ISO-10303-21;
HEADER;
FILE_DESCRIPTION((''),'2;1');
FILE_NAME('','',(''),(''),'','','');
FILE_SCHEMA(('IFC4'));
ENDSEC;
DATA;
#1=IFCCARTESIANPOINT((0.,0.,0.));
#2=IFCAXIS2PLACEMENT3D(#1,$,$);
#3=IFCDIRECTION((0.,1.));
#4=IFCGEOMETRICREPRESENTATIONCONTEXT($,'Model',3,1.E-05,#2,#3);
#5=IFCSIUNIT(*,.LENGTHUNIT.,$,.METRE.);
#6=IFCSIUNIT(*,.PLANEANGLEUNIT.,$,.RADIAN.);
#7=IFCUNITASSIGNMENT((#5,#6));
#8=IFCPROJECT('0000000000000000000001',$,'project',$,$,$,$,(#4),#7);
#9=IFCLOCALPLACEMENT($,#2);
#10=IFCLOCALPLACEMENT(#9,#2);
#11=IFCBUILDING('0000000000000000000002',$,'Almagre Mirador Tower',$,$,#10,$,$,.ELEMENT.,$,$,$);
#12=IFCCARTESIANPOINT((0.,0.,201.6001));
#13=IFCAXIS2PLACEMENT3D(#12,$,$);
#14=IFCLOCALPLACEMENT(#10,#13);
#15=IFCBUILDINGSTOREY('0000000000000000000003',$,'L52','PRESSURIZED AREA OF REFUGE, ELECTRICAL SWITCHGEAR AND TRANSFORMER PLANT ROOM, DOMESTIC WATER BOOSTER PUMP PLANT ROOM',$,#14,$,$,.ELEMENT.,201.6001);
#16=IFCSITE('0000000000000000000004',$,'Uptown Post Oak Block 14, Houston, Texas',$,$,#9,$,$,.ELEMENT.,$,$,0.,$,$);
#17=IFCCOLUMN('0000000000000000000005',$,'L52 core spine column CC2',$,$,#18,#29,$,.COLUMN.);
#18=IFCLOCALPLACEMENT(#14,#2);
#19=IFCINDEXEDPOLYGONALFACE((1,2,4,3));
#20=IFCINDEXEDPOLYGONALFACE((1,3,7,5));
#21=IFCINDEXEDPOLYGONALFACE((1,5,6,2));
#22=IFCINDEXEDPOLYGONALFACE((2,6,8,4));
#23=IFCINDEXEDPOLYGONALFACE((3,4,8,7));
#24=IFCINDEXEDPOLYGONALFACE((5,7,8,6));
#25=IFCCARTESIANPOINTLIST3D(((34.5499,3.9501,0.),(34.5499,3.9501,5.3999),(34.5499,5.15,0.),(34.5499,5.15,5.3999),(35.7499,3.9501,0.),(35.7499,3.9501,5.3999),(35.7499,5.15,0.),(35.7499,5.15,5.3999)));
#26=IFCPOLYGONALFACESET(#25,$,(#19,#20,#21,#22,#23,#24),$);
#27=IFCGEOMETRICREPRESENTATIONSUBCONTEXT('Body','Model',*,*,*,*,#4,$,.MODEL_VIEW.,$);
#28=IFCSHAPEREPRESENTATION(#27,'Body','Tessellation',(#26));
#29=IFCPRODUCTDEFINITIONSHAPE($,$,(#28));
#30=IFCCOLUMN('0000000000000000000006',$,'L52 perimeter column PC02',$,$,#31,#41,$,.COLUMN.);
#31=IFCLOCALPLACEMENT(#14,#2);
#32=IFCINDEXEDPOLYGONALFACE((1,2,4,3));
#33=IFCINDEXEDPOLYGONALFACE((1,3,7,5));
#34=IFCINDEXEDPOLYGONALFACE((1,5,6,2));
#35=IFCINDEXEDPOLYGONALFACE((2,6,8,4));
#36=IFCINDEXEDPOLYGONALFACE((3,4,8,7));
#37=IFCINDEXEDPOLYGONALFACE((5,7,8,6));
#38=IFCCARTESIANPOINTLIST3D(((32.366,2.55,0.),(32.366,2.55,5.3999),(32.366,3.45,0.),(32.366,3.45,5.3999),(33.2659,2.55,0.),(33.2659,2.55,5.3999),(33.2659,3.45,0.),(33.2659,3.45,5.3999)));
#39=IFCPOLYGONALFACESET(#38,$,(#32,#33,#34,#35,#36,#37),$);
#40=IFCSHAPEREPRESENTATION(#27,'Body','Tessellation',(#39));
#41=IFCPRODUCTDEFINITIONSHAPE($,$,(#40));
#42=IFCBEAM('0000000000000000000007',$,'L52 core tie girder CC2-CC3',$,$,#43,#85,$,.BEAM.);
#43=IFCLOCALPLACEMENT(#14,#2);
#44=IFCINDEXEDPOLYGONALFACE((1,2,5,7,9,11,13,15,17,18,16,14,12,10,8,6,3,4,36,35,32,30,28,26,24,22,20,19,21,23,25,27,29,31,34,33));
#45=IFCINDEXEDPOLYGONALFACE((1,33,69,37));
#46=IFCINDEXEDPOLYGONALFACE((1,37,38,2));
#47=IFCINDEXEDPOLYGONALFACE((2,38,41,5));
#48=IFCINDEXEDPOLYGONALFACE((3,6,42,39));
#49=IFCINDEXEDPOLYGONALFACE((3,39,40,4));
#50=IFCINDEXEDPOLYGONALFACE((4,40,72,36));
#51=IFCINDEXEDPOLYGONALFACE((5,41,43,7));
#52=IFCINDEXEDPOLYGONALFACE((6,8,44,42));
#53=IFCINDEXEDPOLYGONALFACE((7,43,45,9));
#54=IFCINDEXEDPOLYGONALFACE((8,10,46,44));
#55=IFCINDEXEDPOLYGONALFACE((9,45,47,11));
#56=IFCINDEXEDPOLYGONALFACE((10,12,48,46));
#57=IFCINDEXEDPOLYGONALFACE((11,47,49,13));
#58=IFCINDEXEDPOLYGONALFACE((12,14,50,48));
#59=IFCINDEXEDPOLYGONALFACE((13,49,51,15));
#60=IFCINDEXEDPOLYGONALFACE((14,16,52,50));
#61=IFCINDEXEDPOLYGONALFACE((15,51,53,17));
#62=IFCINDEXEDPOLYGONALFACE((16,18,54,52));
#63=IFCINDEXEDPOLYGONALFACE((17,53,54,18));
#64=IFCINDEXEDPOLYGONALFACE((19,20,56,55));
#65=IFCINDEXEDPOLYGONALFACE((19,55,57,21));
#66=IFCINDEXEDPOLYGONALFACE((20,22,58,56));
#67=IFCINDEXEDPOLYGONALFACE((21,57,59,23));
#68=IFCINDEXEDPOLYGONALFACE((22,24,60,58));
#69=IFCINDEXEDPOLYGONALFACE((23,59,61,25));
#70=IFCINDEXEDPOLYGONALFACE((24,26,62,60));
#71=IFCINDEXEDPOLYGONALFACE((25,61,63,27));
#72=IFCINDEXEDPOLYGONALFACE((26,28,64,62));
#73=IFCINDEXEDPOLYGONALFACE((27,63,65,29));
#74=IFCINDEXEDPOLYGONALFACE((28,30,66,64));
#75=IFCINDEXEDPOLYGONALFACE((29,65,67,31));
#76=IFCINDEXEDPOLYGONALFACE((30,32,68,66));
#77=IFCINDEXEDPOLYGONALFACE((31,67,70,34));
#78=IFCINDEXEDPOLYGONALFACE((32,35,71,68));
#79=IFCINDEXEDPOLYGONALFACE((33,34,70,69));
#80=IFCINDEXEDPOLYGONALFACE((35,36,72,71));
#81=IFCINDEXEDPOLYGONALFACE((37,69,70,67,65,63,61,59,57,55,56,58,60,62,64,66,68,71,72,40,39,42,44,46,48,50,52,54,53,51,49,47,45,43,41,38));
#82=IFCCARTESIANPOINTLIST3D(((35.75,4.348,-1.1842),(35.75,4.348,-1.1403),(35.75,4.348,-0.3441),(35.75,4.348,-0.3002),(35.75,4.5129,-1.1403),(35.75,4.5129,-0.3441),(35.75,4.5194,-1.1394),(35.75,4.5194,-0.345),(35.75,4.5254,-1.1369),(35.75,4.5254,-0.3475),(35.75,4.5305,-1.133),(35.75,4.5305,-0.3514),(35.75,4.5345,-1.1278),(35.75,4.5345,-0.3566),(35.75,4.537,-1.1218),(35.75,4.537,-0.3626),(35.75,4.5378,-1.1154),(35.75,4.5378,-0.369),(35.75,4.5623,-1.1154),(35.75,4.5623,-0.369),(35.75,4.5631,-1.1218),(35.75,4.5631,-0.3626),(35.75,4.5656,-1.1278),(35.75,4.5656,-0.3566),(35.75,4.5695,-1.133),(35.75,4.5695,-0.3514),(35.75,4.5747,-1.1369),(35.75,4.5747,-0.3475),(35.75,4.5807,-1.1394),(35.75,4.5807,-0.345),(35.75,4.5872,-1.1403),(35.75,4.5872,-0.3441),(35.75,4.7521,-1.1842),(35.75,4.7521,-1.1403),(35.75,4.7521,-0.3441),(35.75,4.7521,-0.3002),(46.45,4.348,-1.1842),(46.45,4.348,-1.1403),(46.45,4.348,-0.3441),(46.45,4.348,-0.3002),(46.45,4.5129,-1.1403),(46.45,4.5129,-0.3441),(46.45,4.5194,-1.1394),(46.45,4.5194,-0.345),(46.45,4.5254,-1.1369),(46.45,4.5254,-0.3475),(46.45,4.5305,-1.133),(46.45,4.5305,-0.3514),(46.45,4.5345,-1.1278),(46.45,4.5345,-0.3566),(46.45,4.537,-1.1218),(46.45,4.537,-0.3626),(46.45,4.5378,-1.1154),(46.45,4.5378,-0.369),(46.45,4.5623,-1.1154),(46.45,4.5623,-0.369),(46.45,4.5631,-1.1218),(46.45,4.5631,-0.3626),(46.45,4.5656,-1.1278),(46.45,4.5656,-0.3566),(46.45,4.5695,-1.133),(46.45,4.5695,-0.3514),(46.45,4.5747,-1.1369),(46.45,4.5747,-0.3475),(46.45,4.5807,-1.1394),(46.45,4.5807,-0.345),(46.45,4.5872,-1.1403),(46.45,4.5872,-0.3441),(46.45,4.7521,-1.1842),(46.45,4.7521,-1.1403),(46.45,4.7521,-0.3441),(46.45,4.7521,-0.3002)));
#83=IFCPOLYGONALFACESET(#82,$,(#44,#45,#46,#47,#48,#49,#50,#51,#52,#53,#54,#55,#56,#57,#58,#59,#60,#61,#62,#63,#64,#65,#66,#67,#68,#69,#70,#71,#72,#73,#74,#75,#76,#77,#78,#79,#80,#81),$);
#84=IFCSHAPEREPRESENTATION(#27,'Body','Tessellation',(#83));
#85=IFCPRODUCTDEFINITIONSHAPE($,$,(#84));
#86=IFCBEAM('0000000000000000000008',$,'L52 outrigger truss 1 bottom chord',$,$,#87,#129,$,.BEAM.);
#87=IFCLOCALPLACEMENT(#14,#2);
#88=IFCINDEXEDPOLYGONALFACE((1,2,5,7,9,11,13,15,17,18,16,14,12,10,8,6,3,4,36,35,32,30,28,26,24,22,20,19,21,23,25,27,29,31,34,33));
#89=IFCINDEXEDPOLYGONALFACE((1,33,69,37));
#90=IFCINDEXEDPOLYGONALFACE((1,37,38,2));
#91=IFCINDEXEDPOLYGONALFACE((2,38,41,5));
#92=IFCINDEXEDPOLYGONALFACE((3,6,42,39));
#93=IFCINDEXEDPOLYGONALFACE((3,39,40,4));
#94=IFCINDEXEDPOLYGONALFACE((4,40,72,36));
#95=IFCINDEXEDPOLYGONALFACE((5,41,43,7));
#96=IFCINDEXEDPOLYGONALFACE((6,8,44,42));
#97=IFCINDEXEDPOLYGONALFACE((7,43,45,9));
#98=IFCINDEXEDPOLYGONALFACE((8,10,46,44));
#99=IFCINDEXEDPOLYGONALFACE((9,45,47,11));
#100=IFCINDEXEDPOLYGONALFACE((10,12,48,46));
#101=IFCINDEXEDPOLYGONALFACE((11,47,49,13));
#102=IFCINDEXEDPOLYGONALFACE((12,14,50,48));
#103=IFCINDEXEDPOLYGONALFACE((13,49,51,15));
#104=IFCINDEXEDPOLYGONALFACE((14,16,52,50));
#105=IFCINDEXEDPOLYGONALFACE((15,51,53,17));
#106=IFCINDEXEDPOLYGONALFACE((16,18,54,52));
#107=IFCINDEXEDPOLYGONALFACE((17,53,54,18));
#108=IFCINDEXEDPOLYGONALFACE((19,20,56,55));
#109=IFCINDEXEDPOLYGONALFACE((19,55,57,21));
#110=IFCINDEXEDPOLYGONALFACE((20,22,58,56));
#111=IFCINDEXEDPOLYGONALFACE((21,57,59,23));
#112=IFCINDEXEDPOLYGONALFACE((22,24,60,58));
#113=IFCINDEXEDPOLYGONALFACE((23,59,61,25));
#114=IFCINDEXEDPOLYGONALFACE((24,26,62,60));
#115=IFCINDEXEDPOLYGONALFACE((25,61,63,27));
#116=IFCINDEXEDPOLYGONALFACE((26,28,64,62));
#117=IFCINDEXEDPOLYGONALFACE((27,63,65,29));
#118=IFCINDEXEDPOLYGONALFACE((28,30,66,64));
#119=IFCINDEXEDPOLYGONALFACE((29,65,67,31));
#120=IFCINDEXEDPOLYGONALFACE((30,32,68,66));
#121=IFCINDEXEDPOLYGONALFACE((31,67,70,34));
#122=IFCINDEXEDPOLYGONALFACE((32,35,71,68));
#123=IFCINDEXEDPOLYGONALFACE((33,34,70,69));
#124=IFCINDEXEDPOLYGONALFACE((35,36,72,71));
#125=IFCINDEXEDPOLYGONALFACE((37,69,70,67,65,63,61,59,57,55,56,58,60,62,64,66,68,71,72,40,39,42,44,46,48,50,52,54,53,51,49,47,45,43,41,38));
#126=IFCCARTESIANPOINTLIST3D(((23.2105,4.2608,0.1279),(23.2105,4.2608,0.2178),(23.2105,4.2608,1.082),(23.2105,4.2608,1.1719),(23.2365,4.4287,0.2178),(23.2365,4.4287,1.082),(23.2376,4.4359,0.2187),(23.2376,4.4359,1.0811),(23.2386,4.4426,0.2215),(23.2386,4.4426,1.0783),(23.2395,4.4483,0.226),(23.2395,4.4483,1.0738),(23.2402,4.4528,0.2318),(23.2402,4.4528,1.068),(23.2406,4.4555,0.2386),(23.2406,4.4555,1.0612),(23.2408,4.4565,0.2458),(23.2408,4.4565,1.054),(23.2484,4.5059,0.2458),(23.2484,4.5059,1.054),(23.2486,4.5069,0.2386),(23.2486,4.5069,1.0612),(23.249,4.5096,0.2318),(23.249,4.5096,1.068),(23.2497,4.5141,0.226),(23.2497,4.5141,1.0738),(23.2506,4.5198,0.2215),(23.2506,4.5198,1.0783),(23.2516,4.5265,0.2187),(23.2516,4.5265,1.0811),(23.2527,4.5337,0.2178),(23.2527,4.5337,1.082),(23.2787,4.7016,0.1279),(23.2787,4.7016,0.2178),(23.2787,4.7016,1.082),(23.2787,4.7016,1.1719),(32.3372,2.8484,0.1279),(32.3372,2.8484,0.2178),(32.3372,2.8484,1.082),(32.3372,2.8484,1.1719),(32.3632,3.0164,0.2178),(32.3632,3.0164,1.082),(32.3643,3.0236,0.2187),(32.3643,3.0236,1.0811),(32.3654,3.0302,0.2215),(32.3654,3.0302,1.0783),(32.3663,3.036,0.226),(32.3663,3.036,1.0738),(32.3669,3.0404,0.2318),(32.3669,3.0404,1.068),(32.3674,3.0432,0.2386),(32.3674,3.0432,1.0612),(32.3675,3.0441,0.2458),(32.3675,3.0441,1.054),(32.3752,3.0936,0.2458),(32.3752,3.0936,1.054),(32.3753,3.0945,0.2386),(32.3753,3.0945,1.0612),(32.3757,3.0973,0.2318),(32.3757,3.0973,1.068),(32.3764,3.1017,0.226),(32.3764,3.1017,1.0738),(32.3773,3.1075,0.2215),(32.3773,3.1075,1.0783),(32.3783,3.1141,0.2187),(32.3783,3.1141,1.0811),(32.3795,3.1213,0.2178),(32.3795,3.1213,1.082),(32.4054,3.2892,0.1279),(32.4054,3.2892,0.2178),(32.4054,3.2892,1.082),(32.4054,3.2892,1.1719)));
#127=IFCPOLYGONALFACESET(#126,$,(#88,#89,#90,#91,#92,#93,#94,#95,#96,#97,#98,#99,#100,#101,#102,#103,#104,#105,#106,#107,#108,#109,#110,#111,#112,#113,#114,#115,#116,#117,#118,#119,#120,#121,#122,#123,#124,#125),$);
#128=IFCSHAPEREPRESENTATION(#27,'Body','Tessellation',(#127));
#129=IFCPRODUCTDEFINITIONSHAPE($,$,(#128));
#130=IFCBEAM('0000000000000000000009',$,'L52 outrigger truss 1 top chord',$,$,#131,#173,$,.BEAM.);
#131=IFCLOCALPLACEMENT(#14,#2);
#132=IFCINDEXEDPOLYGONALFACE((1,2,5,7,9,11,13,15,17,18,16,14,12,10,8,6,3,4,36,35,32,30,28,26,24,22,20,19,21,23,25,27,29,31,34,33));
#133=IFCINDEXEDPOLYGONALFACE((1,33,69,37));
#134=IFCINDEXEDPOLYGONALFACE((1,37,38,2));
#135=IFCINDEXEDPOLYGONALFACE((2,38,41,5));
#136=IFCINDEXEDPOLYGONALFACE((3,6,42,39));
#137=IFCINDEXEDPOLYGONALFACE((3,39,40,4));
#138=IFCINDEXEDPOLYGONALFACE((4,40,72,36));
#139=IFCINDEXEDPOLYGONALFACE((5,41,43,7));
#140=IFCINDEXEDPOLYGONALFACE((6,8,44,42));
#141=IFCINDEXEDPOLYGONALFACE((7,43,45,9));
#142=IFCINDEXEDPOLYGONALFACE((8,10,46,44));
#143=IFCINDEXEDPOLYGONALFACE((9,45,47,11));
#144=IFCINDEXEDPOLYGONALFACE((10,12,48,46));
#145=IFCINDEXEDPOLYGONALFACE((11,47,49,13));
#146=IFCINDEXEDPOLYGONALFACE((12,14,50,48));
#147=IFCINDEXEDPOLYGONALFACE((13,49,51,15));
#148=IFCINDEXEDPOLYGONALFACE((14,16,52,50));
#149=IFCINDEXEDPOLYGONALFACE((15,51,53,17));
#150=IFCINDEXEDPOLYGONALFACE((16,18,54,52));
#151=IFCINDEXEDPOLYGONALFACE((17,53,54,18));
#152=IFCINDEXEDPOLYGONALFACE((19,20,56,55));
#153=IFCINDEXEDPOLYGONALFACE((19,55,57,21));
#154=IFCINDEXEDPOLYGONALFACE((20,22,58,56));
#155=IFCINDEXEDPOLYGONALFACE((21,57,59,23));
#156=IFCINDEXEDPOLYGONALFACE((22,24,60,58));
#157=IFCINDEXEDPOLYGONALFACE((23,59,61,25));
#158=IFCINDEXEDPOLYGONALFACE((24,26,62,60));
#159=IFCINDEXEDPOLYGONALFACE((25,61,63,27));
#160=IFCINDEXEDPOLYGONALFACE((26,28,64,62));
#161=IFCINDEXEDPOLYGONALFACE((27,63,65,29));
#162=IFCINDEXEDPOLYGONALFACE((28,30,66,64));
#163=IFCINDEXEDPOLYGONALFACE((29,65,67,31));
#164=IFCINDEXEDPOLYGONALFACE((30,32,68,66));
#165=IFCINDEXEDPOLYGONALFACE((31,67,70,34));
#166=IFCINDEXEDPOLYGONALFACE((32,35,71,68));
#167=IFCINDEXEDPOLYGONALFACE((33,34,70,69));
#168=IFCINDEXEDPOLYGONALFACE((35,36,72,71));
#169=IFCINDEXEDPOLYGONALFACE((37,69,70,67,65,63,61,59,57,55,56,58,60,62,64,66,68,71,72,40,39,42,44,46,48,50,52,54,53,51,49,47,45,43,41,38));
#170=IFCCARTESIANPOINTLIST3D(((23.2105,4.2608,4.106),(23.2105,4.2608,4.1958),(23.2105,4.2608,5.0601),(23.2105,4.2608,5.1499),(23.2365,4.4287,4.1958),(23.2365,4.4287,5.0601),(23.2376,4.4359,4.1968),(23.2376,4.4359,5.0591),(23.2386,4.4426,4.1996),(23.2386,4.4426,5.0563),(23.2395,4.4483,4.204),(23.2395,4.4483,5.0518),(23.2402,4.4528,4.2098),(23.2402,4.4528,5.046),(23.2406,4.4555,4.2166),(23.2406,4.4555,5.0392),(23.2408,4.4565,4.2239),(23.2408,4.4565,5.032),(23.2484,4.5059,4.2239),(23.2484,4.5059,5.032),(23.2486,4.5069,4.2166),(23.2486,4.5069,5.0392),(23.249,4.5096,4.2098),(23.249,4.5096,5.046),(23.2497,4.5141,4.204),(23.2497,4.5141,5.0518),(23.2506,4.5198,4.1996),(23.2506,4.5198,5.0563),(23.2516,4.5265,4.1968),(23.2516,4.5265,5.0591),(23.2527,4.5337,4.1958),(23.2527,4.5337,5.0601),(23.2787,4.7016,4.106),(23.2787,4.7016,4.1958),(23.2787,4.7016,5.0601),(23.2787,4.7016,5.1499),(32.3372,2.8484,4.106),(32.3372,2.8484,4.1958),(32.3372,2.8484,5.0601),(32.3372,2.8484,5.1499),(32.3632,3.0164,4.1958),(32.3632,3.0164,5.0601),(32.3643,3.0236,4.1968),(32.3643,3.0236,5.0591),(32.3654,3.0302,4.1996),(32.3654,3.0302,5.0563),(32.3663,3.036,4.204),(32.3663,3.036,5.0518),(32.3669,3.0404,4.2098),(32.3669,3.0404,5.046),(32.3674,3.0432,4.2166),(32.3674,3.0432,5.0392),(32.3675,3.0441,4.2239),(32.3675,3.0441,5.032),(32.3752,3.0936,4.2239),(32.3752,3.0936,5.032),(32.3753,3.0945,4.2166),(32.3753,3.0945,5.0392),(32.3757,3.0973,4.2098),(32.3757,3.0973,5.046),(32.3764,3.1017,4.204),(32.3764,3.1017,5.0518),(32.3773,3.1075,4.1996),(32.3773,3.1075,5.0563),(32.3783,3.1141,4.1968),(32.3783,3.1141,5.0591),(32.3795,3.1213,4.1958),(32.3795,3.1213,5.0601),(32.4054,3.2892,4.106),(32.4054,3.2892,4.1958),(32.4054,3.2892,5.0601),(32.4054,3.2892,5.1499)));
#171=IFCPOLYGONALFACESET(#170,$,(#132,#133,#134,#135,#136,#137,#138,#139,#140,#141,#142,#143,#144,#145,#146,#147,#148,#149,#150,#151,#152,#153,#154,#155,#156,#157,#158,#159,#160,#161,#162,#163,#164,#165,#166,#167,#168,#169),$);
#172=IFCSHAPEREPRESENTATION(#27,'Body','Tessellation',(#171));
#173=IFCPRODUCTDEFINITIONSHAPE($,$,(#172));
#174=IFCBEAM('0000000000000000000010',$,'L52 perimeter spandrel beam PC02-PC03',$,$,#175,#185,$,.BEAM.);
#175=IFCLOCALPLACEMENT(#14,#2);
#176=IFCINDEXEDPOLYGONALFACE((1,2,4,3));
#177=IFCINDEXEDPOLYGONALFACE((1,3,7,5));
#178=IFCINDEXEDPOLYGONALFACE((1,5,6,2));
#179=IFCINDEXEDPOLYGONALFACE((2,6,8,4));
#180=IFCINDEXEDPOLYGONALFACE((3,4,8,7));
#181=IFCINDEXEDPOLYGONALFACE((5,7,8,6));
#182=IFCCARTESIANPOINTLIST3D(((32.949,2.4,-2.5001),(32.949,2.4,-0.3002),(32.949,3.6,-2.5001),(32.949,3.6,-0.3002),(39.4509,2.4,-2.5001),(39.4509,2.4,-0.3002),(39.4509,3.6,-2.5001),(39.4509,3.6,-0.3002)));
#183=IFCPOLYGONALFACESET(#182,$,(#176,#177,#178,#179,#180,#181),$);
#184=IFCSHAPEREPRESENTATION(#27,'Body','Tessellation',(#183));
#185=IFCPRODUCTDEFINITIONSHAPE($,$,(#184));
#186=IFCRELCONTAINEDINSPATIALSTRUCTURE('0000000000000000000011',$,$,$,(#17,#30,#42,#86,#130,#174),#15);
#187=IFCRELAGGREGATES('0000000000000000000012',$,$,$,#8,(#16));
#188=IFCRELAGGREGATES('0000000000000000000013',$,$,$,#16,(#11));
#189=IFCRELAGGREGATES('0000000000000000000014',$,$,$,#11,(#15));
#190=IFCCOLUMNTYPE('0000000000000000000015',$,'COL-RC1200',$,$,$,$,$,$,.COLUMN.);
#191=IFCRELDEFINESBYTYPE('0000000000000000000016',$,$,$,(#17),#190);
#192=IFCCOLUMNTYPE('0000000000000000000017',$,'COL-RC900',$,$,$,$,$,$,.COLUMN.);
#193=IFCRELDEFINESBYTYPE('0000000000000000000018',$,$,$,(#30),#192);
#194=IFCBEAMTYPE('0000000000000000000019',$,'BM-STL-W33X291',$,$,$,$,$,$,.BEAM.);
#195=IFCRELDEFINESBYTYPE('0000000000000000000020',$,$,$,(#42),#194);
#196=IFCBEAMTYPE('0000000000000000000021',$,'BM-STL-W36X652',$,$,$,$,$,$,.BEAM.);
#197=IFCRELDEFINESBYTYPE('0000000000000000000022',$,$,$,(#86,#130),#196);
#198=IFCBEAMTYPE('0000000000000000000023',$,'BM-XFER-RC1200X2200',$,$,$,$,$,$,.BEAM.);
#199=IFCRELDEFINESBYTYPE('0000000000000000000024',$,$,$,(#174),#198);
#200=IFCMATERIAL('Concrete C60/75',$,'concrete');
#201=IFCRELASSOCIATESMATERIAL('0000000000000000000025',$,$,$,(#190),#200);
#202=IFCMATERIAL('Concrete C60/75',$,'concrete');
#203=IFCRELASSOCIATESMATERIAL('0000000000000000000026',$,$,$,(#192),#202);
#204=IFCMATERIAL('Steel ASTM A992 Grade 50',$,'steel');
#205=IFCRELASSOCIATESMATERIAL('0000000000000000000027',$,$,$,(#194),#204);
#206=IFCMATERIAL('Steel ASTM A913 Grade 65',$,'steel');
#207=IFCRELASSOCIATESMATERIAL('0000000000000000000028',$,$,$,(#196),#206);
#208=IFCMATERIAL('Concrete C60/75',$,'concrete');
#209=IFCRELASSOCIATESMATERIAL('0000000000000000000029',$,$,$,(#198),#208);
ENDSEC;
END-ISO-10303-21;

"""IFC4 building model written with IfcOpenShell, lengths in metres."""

from ifc_helpers import new_model, si_unit, direction, frame, origin, origin_2d, place, context, subcontext, project, spatial, rectangle, i_section, extrude, material, material_profile, profile_set, type_object, element, save


model = new_model("IFC4")

# Units and contexts
model_context = context("Model", 3, precision=1e-05, world=origin(), true_north=direction((0.0, 1.0)))
body_context = subcontext(model_context, "Body", "Model", "MODEL_VIEW")
ifc_project = project(units=[si_unit("LENGTHUNIT", "METRE"), si_unit("PLANEANGLEUNIT", "RADIAN")], contexts=[model_context])

# Site, building, storey
site_placement = place(None, origin())
site = spatial("IfcSite", under=ifc_project, at=site_placement, Name="Uptown Post Oak Block 14, Houston, Texas", CompositionType="ELEMENT", RefElevation=0.0)
building_placement = place(site_placement, origin())
building = spatial("IfcBuilding", under=site, at=building_placement, Name="Almagre Mirador Tower", CompositionType="ELEMENT")
storey_placement = place(building_placement, frame((0.0, 0.0, 201.6001)))
storey = spatial("IfcBuildingStorey", under=building, at=storey_placement, Name="L52", Description="PRESSURIZED AREA OF REFUGE, ELECTRICAL SWITCHGEAR AND TRANSFORMER PLANT ROOM, DOMESTIC WATER BOOSTER PUMP PLANT ROOM", CompositionType="ELEMENT", Elevation=201.6001)

# Columns
ifc_material_1 = material(Name="Concrete C60/75", Category="concrete")
ifc_material_profile_1 = material_profile(ifc_material_1, rectangle(XDim=1.2, YDim=1.2, at=origin_2d()), Name="RC1200X1200")
ifc_profile_set_1 = profile_set([ifc_material_profile_1], Name="Concrete C60/75")
column_type_1 = type_object("IfcColumnType", Name="COL-RC1200", PredefinedType="COLUMN", material=ifc_profile_set_1)
column_1_placement = place(storey_placement, frame((35.1499, 4.55, 0.0), z_axis=(0.0, 0.0, 1.0), x_axis=(1.0, 0.0, 0.0)))
element("IfcColumn", 1, at=column_1_placement, inside=storey, type_object=column_type_1, Name="L52 core spine column CC2", PredefinedType="COLUMN", context=body_context, shape_type="SweptSolid", body=[
    extrude(rectangle(XDim=1.2, YDim=1.2, at=origin_2d()), origin(), (0.0, 0.0, 1.0), 5.3999),
])
ifc_material_2 = material(Name="Concrete C60/75", Category="concrete")
ifc_material_profile_2 = material_profile(ifc_material_2, rectangle(XDim=0.8999, YDim=0.8999, at=origin_2d()), Name="RC900X900")
ifc_profile_set_2 = profile_set([ifc_material_profile_2], Name="Concrete C60/75")
column_type_2 = type_object("IfcColumnType", Name="COL-RC900", PredefinedType="COLUMN", material=ifc_profile_set_2)
column_2_placement = place(storey_placement, frame((32.8159, 3.0, 0.0), z_axis=(0.0, 0.0, 1.0), x_axis=(1.0, 0.0, 0.0)))
element("IfcColumn", 2, at=column_2_placement, inside=storey, type_object=column_type_2, Name="L52 perimeter column PC02", PredefinedType="COLUMN", context=body_context, shape_type="SweptSolid", body=[
    extrude(rectangle(XDim=0.8999, YDim=0.8999, at=origin_2d()), origin(), (0.0, 0.0, 1.0), 5.3999),
])

# Beams
ifc_material_3 = material(Name="Steel ASTM A992 Grade 50", Category="steel")
ifc_material_profile_3 = material_profile(ifc_material_3, i_section(OverallWidth=0.4041, OverallDepth=0.884, WebThickness=0.0244, FlangeThickness=0.0439, FilletRadius=0.0249, at=origin_2d()), Name="W33X291")
ifc_profile_set_3 = profile_set([ifc_material_profile_3], Name="Steel ASTM A992 Grade 50")
beam_type_1 = type_object("IfcBeamType", Name="BM-STL-W33X291", PredefinedType="BEAM", material=ifc_profile_set_3)
beam_1_placement = place(storey_placement, frame((35.75, 4.55, -0.7422), z_axis=(1.0, 0.0, 0.0), x_axis=(0.0, 1.0, 0.0)))
element("IfcBeam", 3, at=beam_1_placement, inside=storey, type_object=beam_type_1, Name="L52 core tie girder CC2-CC3", PredefinedType="BEAM", context=body_context, shape_type="SweptSolid", body=[
    extrude(i_section(OverallWidth=0.4041, OverallDepth=0.884, WebThickness=0.0244, FlangeThickness=0.0439, FilletRadius=0.0249, at=origin_2d()), origin(), (0.0, 0.0, 1.0), 10.7),
])
ifc_material_4 = material(Name="Steel ASTM A913 Grade 65", Category="steel")
ifc_material_profile_4 = material_profile(ifc_material_4, i_section(OverallWidth=0.446, OverallDepth=1.0439, WebThickness=0.05, FlangeThickness=0.0898, FilletRadius=0.0281, at=origin_2d()), Name="W36X652")
ifc_profile_set_4 = profile_set([ifc_material_profile_4], Name="Steel ASTM A913 Grade 65")
beam_type_2 = type_object("IfcBeamType", Name="BM-STL-W36X652", PredefinedType="BEAM", material=ifc_profile_set_4)
for number, where, z_axis, x_axis, name in (
    (4, (32.3713, 3.0688, 0.6499), (-0.988237, 0.152929, 0.0), (-0.152929, -0.988237, 0.0), "L52 outrigger truss 1 bottom chord"),
    (5, (32.3713, 3.0688, 4.6279), (-0.988237, 0.152929, 0.0), (-0.152929, -0.988237, 0.0), "L52 outrigger truss 1 top chord"),
):
    element("IfcBeam", number, at=place(storey_placement, frame(where, z_axis=z_axis, x_axis=x_axis)), inside=storey, type_object=beam_type_2, Name=name, PredefinedType="BEAM", context=body_context, shape_type="SweptSolid", body=[
        extrude(i_section(OverallWidth=0.446, OverallDepth=1.0439, WebThickness=0.05, FlangeThickness=0.0898, FilletRadius=0.0281, at=origin_2d()), origin(), (0.0, 0.0, 1.0), 9.2354),
    ])
ifc_material_5 = material(Name="Concrete C60/75", Category="concrete")
ifc_material_profile_5 = material_profile(ifc_material_5, rectangle(XDim=1.2, YDim=2.2, at=origin_2d()), Name="RC1200X2200")
ifc_profile_set_5 = profile_set([ifc_material_profile_5], Name="Concrete C60/75")
beam_type_3 = type_object("IfcBeamType", Name="BM-XFER-RC1200X2200", PredefinedType="BEAM", material=ifc_profile_set_5)
beam_2_placement = place(storey_placement, frame((32.949, 3.0, -1.4001), z_axis=(1.0, 0.0, 0.0), x_axis=(0.0, 1.0, 0.0)))
element("IfcBeam", 6, at=beam_2_placement, inside=storey, type_object=beam_type_3, Name="L52 perimeter spandrel beam PC02-PC03", PredefinedType="BEAM", context=body_context, shape_type="SweptSolid", body=[
    extrude(rectangle(XDim=1.2, YDim=2.2, at=origin_2d()), origin(), (0.0, 0.0, 1.0), 6.502),
])

save(model, "model.ifc")
